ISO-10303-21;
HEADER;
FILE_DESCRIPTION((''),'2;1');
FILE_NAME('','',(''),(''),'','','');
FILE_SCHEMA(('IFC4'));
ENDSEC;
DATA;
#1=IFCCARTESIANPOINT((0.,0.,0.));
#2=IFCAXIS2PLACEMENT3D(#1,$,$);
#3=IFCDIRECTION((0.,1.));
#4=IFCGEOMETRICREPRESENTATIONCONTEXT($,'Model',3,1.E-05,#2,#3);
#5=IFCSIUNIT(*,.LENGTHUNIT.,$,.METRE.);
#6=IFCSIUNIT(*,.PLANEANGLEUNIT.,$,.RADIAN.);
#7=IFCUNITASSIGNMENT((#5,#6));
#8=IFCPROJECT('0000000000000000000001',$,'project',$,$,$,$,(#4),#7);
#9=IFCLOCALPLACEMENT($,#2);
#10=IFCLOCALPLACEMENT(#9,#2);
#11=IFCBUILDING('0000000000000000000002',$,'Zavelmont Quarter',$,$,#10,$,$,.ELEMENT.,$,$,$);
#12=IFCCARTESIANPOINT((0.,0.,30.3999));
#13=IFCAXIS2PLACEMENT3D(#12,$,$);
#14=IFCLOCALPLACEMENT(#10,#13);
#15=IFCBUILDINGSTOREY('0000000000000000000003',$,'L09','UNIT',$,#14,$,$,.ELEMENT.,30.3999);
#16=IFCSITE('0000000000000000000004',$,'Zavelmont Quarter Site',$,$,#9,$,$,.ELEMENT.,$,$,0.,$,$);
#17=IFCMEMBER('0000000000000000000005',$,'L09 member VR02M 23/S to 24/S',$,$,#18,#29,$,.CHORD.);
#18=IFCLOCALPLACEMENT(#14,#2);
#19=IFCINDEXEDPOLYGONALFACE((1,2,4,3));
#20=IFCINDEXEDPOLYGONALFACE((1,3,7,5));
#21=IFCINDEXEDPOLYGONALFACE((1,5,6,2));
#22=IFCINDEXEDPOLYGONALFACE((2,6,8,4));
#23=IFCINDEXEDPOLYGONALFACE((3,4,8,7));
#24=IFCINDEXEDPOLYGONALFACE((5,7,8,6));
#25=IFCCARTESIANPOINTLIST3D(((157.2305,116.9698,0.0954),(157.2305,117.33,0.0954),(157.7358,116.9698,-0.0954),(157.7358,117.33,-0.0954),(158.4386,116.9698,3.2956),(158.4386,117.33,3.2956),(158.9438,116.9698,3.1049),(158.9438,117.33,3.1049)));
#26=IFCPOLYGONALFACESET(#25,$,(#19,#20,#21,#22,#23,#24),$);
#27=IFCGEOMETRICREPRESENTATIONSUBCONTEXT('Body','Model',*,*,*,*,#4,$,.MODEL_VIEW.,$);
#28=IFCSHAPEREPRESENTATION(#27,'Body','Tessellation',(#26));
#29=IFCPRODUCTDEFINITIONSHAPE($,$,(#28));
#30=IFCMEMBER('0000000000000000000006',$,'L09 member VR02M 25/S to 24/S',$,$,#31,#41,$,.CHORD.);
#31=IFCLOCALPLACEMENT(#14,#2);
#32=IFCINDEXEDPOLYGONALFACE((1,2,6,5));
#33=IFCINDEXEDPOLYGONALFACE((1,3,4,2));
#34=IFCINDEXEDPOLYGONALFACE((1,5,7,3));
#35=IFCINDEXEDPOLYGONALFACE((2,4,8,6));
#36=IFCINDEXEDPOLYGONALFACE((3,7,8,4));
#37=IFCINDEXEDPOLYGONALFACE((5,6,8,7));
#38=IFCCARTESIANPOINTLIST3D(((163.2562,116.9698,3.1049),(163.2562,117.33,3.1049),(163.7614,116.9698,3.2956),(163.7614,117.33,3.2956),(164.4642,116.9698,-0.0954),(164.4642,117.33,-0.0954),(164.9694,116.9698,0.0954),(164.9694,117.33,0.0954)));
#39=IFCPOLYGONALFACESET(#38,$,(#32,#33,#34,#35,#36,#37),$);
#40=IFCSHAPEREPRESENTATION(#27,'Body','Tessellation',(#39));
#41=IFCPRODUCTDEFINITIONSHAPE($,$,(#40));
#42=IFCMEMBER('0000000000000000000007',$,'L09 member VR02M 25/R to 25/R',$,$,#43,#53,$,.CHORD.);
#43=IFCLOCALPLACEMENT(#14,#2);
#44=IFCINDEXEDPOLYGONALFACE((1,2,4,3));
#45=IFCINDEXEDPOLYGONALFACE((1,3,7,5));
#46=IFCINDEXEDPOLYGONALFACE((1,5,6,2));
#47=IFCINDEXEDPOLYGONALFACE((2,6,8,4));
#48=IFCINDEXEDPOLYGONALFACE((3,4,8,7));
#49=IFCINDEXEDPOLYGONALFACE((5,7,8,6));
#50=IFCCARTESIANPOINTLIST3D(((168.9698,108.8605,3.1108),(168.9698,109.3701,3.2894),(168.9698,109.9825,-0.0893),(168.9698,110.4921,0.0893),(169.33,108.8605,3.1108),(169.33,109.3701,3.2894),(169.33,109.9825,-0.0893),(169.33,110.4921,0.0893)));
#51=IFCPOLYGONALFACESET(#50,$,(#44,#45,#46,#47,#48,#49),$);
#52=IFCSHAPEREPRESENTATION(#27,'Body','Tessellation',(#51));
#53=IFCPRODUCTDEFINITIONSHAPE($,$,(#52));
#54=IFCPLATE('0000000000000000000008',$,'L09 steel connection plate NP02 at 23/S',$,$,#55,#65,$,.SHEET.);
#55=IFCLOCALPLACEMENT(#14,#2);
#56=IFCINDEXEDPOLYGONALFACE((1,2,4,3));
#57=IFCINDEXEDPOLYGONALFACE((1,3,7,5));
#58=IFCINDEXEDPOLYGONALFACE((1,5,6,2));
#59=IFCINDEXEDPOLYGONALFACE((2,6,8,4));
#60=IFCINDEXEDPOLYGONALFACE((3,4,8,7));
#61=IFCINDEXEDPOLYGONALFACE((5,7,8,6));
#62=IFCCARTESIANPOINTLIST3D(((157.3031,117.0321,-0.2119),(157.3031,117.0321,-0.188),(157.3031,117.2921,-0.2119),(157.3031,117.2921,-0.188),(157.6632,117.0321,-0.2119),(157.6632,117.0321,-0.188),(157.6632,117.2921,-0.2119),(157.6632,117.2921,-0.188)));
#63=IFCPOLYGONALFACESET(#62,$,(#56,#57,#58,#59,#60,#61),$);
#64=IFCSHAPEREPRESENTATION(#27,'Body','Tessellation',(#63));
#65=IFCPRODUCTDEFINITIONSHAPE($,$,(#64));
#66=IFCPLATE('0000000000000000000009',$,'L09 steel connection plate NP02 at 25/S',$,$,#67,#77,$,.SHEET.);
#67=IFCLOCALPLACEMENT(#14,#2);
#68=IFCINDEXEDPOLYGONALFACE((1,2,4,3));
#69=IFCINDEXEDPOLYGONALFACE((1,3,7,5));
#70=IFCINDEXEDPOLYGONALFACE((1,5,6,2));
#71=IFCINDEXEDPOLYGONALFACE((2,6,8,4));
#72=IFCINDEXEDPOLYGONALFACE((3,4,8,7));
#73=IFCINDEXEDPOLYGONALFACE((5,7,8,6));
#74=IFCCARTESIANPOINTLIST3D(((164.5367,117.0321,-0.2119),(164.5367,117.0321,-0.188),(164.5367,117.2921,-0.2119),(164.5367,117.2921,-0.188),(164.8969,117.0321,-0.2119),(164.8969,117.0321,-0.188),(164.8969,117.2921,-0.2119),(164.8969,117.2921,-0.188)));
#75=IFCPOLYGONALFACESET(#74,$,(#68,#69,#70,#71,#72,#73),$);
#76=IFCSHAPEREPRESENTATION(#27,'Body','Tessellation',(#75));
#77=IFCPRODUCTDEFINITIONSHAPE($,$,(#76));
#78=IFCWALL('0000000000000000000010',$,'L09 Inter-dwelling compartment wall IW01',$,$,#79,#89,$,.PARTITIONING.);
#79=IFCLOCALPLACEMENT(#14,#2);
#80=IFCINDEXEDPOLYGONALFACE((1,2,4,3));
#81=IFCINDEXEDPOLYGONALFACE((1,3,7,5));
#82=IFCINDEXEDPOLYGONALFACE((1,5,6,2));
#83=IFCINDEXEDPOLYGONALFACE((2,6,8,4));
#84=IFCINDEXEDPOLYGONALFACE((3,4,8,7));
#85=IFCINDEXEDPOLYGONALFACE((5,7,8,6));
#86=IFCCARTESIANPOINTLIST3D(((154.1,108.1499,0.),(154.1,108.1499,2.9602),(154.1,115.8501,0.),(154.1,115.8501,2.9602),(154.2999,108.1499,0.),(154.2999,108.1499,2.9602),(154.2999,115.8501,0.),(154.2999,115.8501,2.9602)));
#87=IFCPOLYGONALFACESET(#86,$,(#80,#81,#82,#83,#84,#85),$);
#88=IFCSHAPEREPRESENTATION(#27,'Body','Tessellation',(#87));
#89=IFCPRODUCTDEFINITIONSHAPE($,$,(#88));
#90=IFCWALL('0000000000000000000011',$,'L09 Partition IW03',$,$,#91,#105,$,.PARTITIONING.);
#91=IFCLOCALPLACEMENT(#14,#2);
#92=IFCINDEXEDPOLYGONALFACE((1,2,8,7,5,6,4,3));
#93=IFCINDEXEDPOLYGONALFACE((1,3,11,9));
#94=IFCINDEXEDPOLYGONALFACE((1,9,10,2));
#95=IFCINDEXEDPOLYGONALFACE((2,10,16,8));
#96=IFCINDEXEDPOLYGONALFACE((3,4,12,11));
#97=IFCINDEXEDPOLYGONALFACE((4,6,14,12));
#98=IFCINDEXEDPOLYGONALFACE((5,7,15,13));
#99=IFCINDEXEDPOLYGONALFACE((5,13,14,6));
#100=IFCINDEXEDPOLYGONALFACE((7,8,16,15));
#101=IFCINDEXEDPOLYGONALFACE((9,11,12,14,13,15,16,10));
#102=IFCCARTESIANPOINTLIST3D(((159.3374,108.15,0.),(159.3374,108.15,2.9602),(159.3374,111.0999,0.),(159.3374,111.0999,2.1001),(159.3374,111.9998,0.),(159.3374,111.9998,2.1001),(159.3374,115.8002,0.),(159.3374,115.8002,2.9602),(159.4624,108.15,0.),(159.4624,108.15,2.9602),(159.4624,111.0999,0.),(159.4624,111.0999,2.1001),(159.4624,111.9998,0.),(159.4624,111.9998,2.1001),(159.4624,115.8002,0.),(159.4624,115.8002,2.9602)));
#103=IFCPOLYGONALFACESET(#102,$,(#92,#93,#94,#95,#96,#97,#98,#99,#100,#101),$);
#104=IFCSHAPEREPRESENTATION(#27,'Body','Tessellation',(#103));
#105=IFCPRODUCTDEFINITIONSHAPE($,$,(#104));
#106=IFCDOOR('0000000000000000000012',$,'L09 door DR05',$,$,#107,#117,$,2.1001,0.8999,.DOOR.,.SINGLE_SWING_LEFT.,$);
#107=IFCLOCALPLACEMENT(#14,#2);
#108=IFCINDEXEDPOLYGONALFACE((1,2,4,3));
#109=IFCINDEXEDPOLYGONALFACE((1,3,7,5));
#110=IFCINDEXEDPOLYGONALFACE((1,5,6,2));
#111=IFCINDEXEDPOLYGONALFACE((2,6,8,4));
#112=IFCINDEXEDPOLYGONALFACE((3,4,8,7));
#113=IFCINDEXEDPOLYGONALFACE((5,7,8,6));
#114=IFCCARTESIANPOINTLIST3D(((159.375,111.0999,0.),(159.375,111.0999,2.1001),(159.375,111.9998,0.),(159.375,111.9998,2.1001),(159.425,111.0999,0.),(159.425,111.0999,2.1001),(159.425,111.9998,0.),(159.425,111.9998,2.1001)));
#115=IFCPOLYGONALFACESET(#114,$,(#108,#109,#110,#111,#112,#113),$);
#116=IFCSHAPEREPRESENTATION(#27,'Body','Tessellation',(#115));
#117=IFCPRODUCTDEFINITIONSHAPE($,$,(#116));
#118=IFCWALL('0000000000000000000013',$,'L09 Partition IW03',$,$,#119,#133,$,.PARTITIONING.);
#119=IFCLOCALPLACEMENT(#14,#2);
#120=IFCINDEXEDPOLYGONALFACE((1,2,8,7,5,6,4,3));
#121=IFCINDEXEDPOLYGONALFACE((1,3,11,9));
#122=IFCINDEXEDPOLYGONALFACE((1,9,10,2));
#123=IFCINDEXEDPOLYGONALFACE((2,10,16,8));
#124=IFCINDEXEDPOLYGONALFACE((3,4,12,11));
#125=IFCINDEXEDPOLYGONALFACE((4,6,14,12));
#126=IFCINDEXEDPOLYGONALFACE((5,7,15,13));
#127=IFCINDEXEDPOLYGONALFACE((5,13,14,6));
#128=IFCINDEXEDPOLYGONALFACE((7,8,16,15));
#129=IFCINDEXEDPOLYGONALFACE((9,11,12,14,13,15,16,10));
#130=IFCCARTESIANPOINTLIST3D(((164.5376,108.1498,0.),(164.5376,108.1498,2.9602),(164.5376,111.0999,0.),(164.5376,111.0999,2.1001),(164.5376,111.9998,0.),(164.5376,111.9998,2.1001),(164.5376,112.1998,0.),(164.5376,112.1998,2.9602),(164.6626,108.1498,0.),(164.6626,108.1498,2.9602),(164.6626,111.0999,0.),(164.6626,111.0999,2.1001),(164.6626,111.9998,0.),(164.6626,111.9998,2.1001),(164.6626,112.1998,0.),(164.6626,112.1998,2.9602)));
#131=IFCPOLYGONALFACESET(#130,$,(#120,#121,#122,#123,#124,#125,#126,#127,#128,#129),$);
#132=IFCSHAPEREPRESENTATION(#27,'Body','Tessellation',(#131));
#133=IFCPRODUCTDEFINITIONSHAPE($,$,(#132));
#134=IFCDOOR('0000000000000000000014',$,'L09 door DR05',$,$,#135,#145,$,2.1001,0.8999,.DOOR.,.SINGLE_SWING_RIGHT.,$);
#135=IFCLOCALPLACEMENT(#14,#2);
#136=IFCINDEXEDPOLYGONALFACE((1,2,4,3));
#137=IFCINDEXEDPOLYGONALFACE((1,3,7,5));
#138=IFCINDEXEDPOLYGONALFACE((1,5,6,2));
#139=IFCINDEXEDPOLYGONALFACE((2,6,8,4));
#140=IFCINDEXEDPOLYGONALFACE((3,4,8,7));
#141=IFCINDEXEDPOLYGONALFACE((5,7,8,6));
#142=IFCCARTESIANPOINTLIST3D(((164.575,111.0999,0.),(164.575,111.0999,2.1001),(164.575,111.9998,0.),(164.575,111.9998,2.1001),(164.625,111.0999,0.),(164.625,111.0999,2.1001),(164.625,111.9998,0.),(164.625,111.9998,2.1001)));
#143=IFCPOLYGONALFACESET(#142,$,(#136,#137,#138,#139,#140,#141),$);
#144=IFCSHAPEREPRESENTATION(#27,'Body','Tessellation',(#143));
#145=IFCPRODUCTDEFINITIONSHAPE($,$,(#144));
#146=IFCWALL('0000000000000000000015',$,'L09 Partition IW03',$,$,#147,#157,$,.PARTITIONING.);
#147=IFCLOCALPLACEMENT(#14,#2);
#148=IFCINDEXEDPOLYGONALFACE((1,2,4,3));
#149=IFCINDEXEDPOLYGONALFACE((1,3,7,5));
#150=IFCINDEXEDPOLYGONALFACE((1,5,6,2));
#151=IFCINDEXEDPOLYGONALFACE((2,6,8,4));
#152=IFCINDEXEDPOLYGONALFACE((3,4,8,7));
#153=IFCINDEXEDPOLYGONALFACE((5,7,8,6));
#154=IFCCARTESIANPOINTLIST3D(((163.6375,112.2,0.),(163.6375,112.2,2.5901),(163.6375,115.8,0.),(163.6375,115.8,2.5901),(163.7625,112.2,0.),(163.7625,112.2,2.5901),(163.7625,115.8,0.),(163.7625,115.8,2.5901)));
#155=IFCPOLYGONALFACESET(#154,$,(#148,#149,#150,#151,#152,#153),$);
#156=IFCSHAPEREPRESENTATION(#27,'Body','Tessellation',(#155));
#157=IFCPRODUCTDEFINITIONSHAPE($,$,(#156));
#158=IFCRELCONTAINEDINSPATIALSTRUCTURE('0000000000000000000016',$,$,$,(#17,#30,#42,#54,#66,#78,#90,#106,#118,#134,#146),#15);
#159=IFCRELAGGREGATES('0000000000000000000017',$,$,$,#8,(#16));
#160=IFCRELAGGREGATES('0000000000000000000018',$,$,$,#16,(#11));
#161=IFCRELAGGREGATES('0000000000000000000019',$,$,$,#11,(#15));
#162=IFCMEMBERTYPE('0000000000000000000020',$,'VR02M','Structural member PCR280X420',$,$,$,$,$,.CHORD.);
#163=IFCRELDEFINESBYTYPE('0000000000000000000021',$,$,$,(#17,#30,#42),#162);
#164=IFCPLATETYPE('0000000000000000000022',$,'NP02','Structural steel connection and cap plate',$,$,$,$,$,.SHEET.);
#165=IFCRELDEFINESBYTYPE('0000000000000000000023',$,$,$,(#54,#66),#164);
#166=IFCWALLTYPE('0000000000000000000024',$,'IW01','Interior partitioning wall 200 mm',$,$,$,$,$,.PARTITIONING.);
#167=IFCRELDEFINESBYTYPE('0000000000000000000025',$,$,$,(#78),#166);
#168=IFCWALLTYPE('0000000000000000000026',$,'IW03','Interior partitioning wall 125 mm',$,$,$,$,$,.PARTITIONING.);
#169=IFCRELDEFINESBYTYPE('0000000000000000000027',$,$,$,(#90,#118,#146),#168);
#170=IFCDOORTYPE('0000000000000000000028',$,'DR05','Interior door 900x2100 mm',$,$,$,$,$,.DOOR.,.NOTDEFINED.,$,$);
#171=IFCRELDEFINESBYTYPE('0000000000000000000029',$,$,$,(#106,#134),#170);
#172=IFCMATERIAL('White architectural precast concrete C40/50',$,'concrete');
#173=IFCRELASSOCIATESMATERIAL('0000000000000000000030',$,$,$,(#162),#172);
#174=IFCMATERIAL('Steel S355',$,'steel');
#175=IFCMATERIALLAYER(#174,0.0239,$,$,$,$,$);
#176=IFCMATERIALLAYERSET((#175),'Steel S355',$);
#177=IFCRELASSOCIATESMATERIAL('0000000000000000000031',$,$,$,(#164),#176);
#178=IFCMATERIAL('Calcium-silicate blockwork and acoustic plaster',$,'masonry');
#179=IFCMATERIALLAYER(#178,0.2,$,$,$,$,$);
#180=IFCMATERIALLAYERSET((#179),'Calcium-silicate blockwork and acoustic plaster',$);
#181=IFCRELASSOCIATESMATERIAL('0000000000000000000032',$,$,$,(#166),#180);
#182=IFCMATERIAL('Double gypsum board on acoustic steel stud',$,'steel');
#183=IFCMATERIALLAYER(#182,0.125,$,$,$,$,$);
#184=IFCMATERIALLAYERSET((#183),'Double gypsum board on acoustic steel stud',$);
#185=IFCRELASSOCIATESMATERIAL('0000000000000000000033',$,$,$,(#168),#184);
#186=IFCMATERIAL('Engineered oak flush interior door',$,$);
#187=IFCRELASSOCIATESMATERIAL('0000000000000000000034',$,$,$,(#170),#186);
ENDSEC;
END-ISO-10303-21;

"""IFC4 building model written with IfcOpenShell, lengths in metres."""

from ifc_helpers import new_model, si_unit, direction, frame, frame_2d, origin, origin_with_axes, origin_2d, place, context, subcontext, project, spatial, rectangle, extrude, material, layer, layer_set, material_profile, profile_set, type_object, element, fill, save


model = new_model("IFC4")

# Units and contexts
model_context = context("Model", 3, precision=1e-05, world=origin(), true_north=direction((0.0, 1.0)))
body_context = subcontext(model_context, "Body", "Model", "MODEL_VIEW")
ifc_project = project(units=[si_unit("LENGTHUNIT", "METRE"), si_unit("PLANEANGLEUNIT", "RADIAN")], contexts=[model_context])

# Site, building, storey
site_placement = place(None, origin())
site = spatial("IfcSite", under=ifc_project, at=site_placement, Name="Zavelmont Quarter Site", CompositionType="ELEMENT", RefElevation=0.0)
building_placement = place(site_placement, origin())
building = spatial("IfcBuilding", under=site, at=building_placement, Name="Zavelmont Quarter", CompositionType="ELEMENT")
storey_placement = place(building_placement, frame((0.0, 0.0, 30.3999)))
storey = spatial("IfcBuildingStorey", under=building, at=storey_placement, Name="L09", Description="UNIT", CompositionType="ELEMENT", Elevation=30.3999)

# Shared definitions
ifc_material_1 = material(Name="Steel S355", Category="steel")

# Members
ifc_material_2 = material(Name="White architectural precast concrete C40/50", Category="concrete")
ifc_material_profile_1 = material_profile(ifc_material_2, rectangle(XDim=0.3601, YDim=0.54, at=origin_2d()), Name="PCR280X420")
ifc_profile_set_1 = profile_set([ifc_material_profile_1], Name="White architectural precast concrete C40/50")
member_type = type_object("IfcMemberType", Name="VR02M", Description="Structural member PCR280X420", PredefinedType="CHORD", material=ifc_profile_set_1)
for number, where, z_axis, x_axis, name in (
    (1, (157.4832, 117.1499, 0.0), (0.353156, 0.0, 0.935564), (0.0, 1.0, 0.0), "L09 member VR02M 23/S to 24/S"),
    (2, (164.7168, 117.1499, 0.0), (-0.353156, 0.0, 0.935564), (0.0, -1.0, 0.0), "L09 member VR02M 25/S to 24/S"),
):
    element("IfcMember", number, at=place(storey_placement, frame(where, z_axis=z_axis, x_axis=x_axis)), inside=storey, type_object=member_type, Name=name, PredefinedType="CHORD", context=body_context, shape_type="SweptSolid", body=[
        extrude(rectangle(XDim=0.3601, YDim=0.54, at=origin_2d()), origin(), (0.0, 0.0, 1.0), 3.4207),
    ])
member_placement = place(storey_placement, frame((169.1499, 110.2373, 0.0), z_axis=(0.0, -0.330876, 0.943674), x_axis=(1.0, 0.0, 0.0)))
element("IfcMember", 3, at=member_placement, inside=storey, type_object=member_type, Name="L09 member VR02M 25/R to 25/R", PredefinedType="CHORD", context=body_context, shape_type="SweptSolid", body=[
    extrude(rectangle(XDim=0.3601, YDim=0.54, at=origin_2d()), origin(), (0.0, 0.0, 1.0), 3.3911),
])

# Plates
ifc_layer_1 = layer(ifc_material_1, 0.0239)
ifc_layer_set_1 = layer_set([ifc_layer_1], Name="Steel S355")
plate_type = type_object("IfcPlateType", Name="NP02", Description="Structural steel connection and cap plate", PredefinedType="SHEET", material=ifc_layer_set_1)
for number, where, z_axis, x_axis, name in (
    (4, (157.4832, 117.1621, -0.2119), (0.0, 0.0, 1.0), (1.0, 0.0, 0.0), "L09 steel connection plate NP02 at 23/S"),
    (5, (164.7168, 117.1621, -0.2119), (0.0, 0.0, 1.0), (1.0, 0.0, 0.0), "L09 steel connection plate NP02 at 25/S"),
):
    element("IfcPlate", number, at=place(storey_placement, frame(where, z_axis=z_axis, x_axis=x_axis)), inside=storey, type_object=plate_type, Name=name, PredefinedType="SHEET", context=body_context, shape_type="SweptSolid", body=[
        extrude(rectangle(XDim=0.3601, YDim=0.26, at=origin_2d()), origin(), (0.0, 0.0, 1.0), 0.0239),
    ])

# Wall
ifc_material_3 = material(Name="Calcium-silicate blockwork and acoustic plaster", Category="masonry")
ifc_layer_2 = layer(ifc_material_3, 0.2)
ifc_layer_set_2 = layer_set([ifc_layer_2], Name="Calcium-silicate blockwork and acoustic plaster")
wall_type_1 = type_object("IfcWallType", Name="IW01", Description="Interior partitioning wall 200 mm", PredefinedType="PARTITIONING", material=ifc_layer_set_2)
wall_1_placement = place(storey_placement, frame((154.2, 108.1499, 0.0), z_axis=(0.0, 0.0, 1.0), x_axis=(0.0, 1.0, 0.0)))
element("IfcWall", 6, at=wall_1_placement, inside=storey, type_object=wall_type_1, Name="L09 Inter-dwelling compartment wall IW01", PredefinedType="PARTITIONING", context=body_context, shape_type="SweptSolid", body=[
    extrude(rectangle(XDim=7.7002, YDim=0.2, at=frame_2d((3.8501, 0.0))), origin(), (0.0, 0.0, 1.0), 2.9602),
])

# Walls, openings, doors
ifc_material_4 = material(Name="Double gypsum board on acoustic steel stud", Category="steel")
ifc_layer_3 = layer(ifc_material_4, 0.125)
ifc_layer_set_3 = layer_set([ifc_layer_3], Name="Double gypsum board on acoustic steel stud")
wall_type_2 = type_object("IfcWallType", Name="IW03", Description="Interior partitioning wall 125 mm", PredefinedType="PARTITIONING", material=ifc_layer_set_3)
wall_2_placement = place(storey_placement, frame((159.3999, 108.1499, 0.0), z_axis=(0.0, 0.0, 1.0), x_axis=(0.0, 1.0, 0.0)))
wall_2 = element("IfcWall", 7, at=wall_2_placement, inside=storey, type_object=wall_type_2, Name="L09 Partition IW03", PredefinedType="PARTITIONING", context=body_context, shape_type="SweptSolid", body=[
    extrude(rectangle(XDim=7.6501, YDim=0.125, at=frame_2d((3.8252, 0.0))), origin(), (0.0, 0.0, 1.0), 2.9602),
])
opening_1_placement = place(wall_2_placement, frame((2.95, 0.0, 0.0)))
opening_1 = element("IfcOpeningElement", 8, at=opening_1_placement, cuts=wall_2, PredefinedType="OPENING", context=body_context, shape_type="SweptSolid", body=[
    extrude(rectangle(XDim=0.8999, YDim=2.1001, at=frame_2d((0.45, 1.05))), frame((0.0, 0.0745, 0.0), z_axis=(0.0, -1.0, 0.0), x_axis=(1.0, 0.0, 0.0)), (0.0, 0.0, 1.0), 0.1489),
])
ifc_material_5 = material(Name="Engineered oak flush interior door")
door_type_1 = type_object("IfcDoorType", Name="DR05", Description="Interior door 900x2100 mm", OperationType="NOTDEFINED", PredefinedType="DOOR", material=ifc_material_5)
door_1_placement = place(opening_1_placement, origin_with_axes())
door_1 = element("IfcDoor", 9, at=door_1_placement, inside=storey, type_object=door_type_1, Name="L09 door DR05", OperationType="SINGLE_SWING_LEFT", OverallHeight=2.1001, OverallWidth=0.8999, PredefinedType="DOOR", context=body_context, shape_type="SweptSolid", body=[
    extrude(rectangle(XDim=0.8999, YDim=2.1001, at=frame_2d((0.45, 1.05))), frame((0.0, 0.0249, 0.0), z_axis=(0.0, -1.0, 0.0), x_axis=(1.0, 0.0, 0.0)), (0.0, 0.0, 1.0), 0.05),
])
fill(opening_1, door_1)
wall_3_placement = place(storey_placement, frame((164.6001, 108.1499, 0.0), z_axis=(0.0, 0.0, 1.0), x_axis=(0.0, 1.0, 0.0)))
wall_3 = element("IfcWall", 10, at=wall_3_placement, inside=storey, type_object=wall_type_2, Name="L09 Partition IW03", PredefinedType="PARTITIONING", context=body_context, shape_type="SweptSolid", body=[
    extrude(rectangle(XDim=4.05, YDim=0.125, at=frame_2d((2.0249, 0.0))), origin(), (0.0, 0.0, 1.0), 2.9602),
])
opening_2_placement = place(wall_3_placement, frame((2.95, 0.0, 0.0)))
opening_2 = element("IfcOpeningElement", 11, at=opening_2_placement, cuts=wall_3, PredefinedType="OPENING", context=body_context, shape_type="SweptSolid", body=[
    extrude(rectangle(XDim=0.8999, YDim=2.1001, at=frame_2d((0.45, 1.05))), frame((0.0, 0.0745, 0.0), z_axis=(0.0, -1.0, 0.0), x_axis=(1.0, 0.0, 0.0)), (0.0, 0.0, 1.0), 0.1489),
])
door_2_placement = place(opening_2_placement, frame((0.8999, 0.0, 0.0), z_axis=(0.0, 0.0, 1.0), x_axis=(-1.0, 0.0, 0.0)))
door_2 = element("IfcDoor", 12, at=door_2_placement, inside=storey, type_object=door_type_1, Name="L09 door DR05", OperationType="SINGLE_SWING_RIGHT", OverallHeight=2.1001, OverallWidth=0.8999, PredefinedType="DOOR", context=body_context, shape_type="SweptSolid", body=[
    extrude(rectangle(XDim=0.8999, YDim=2.1001, at=frame_2d((0.45, 1.05))), frame((0.0, 0.0249, 0.0), z_axis=(0.0, -1.0, 0.0), x_axis=(1.0, 0.0, 0.0)), (0.0, 0.0, 1.0), 0.05),
])
fill(opening_2, door_2)

# Wall
wall_4_placement = place(storey_placement, frame((163.7, 112.2, 0.0), z_axis=(0.0, 0.0, 1.0), x_axis=(0.0, 1.0, 0.0)))
element("IfcWall", 13, at=wall_4_placement, inside=storey, type_object=wall_type_2, Name="L09 Partition IW03", PredefinedType="PARTITIONING", context=body_context, shape_type="SweptSolid", body=[
    extrude(rectangle(XDim=3.6001, YDim=0.125, at=frame_2d((1.8, 0.0))), origin(), (0.0, 0.0, 1.0), 2.5901),
])

save(model, "model.ifc")
